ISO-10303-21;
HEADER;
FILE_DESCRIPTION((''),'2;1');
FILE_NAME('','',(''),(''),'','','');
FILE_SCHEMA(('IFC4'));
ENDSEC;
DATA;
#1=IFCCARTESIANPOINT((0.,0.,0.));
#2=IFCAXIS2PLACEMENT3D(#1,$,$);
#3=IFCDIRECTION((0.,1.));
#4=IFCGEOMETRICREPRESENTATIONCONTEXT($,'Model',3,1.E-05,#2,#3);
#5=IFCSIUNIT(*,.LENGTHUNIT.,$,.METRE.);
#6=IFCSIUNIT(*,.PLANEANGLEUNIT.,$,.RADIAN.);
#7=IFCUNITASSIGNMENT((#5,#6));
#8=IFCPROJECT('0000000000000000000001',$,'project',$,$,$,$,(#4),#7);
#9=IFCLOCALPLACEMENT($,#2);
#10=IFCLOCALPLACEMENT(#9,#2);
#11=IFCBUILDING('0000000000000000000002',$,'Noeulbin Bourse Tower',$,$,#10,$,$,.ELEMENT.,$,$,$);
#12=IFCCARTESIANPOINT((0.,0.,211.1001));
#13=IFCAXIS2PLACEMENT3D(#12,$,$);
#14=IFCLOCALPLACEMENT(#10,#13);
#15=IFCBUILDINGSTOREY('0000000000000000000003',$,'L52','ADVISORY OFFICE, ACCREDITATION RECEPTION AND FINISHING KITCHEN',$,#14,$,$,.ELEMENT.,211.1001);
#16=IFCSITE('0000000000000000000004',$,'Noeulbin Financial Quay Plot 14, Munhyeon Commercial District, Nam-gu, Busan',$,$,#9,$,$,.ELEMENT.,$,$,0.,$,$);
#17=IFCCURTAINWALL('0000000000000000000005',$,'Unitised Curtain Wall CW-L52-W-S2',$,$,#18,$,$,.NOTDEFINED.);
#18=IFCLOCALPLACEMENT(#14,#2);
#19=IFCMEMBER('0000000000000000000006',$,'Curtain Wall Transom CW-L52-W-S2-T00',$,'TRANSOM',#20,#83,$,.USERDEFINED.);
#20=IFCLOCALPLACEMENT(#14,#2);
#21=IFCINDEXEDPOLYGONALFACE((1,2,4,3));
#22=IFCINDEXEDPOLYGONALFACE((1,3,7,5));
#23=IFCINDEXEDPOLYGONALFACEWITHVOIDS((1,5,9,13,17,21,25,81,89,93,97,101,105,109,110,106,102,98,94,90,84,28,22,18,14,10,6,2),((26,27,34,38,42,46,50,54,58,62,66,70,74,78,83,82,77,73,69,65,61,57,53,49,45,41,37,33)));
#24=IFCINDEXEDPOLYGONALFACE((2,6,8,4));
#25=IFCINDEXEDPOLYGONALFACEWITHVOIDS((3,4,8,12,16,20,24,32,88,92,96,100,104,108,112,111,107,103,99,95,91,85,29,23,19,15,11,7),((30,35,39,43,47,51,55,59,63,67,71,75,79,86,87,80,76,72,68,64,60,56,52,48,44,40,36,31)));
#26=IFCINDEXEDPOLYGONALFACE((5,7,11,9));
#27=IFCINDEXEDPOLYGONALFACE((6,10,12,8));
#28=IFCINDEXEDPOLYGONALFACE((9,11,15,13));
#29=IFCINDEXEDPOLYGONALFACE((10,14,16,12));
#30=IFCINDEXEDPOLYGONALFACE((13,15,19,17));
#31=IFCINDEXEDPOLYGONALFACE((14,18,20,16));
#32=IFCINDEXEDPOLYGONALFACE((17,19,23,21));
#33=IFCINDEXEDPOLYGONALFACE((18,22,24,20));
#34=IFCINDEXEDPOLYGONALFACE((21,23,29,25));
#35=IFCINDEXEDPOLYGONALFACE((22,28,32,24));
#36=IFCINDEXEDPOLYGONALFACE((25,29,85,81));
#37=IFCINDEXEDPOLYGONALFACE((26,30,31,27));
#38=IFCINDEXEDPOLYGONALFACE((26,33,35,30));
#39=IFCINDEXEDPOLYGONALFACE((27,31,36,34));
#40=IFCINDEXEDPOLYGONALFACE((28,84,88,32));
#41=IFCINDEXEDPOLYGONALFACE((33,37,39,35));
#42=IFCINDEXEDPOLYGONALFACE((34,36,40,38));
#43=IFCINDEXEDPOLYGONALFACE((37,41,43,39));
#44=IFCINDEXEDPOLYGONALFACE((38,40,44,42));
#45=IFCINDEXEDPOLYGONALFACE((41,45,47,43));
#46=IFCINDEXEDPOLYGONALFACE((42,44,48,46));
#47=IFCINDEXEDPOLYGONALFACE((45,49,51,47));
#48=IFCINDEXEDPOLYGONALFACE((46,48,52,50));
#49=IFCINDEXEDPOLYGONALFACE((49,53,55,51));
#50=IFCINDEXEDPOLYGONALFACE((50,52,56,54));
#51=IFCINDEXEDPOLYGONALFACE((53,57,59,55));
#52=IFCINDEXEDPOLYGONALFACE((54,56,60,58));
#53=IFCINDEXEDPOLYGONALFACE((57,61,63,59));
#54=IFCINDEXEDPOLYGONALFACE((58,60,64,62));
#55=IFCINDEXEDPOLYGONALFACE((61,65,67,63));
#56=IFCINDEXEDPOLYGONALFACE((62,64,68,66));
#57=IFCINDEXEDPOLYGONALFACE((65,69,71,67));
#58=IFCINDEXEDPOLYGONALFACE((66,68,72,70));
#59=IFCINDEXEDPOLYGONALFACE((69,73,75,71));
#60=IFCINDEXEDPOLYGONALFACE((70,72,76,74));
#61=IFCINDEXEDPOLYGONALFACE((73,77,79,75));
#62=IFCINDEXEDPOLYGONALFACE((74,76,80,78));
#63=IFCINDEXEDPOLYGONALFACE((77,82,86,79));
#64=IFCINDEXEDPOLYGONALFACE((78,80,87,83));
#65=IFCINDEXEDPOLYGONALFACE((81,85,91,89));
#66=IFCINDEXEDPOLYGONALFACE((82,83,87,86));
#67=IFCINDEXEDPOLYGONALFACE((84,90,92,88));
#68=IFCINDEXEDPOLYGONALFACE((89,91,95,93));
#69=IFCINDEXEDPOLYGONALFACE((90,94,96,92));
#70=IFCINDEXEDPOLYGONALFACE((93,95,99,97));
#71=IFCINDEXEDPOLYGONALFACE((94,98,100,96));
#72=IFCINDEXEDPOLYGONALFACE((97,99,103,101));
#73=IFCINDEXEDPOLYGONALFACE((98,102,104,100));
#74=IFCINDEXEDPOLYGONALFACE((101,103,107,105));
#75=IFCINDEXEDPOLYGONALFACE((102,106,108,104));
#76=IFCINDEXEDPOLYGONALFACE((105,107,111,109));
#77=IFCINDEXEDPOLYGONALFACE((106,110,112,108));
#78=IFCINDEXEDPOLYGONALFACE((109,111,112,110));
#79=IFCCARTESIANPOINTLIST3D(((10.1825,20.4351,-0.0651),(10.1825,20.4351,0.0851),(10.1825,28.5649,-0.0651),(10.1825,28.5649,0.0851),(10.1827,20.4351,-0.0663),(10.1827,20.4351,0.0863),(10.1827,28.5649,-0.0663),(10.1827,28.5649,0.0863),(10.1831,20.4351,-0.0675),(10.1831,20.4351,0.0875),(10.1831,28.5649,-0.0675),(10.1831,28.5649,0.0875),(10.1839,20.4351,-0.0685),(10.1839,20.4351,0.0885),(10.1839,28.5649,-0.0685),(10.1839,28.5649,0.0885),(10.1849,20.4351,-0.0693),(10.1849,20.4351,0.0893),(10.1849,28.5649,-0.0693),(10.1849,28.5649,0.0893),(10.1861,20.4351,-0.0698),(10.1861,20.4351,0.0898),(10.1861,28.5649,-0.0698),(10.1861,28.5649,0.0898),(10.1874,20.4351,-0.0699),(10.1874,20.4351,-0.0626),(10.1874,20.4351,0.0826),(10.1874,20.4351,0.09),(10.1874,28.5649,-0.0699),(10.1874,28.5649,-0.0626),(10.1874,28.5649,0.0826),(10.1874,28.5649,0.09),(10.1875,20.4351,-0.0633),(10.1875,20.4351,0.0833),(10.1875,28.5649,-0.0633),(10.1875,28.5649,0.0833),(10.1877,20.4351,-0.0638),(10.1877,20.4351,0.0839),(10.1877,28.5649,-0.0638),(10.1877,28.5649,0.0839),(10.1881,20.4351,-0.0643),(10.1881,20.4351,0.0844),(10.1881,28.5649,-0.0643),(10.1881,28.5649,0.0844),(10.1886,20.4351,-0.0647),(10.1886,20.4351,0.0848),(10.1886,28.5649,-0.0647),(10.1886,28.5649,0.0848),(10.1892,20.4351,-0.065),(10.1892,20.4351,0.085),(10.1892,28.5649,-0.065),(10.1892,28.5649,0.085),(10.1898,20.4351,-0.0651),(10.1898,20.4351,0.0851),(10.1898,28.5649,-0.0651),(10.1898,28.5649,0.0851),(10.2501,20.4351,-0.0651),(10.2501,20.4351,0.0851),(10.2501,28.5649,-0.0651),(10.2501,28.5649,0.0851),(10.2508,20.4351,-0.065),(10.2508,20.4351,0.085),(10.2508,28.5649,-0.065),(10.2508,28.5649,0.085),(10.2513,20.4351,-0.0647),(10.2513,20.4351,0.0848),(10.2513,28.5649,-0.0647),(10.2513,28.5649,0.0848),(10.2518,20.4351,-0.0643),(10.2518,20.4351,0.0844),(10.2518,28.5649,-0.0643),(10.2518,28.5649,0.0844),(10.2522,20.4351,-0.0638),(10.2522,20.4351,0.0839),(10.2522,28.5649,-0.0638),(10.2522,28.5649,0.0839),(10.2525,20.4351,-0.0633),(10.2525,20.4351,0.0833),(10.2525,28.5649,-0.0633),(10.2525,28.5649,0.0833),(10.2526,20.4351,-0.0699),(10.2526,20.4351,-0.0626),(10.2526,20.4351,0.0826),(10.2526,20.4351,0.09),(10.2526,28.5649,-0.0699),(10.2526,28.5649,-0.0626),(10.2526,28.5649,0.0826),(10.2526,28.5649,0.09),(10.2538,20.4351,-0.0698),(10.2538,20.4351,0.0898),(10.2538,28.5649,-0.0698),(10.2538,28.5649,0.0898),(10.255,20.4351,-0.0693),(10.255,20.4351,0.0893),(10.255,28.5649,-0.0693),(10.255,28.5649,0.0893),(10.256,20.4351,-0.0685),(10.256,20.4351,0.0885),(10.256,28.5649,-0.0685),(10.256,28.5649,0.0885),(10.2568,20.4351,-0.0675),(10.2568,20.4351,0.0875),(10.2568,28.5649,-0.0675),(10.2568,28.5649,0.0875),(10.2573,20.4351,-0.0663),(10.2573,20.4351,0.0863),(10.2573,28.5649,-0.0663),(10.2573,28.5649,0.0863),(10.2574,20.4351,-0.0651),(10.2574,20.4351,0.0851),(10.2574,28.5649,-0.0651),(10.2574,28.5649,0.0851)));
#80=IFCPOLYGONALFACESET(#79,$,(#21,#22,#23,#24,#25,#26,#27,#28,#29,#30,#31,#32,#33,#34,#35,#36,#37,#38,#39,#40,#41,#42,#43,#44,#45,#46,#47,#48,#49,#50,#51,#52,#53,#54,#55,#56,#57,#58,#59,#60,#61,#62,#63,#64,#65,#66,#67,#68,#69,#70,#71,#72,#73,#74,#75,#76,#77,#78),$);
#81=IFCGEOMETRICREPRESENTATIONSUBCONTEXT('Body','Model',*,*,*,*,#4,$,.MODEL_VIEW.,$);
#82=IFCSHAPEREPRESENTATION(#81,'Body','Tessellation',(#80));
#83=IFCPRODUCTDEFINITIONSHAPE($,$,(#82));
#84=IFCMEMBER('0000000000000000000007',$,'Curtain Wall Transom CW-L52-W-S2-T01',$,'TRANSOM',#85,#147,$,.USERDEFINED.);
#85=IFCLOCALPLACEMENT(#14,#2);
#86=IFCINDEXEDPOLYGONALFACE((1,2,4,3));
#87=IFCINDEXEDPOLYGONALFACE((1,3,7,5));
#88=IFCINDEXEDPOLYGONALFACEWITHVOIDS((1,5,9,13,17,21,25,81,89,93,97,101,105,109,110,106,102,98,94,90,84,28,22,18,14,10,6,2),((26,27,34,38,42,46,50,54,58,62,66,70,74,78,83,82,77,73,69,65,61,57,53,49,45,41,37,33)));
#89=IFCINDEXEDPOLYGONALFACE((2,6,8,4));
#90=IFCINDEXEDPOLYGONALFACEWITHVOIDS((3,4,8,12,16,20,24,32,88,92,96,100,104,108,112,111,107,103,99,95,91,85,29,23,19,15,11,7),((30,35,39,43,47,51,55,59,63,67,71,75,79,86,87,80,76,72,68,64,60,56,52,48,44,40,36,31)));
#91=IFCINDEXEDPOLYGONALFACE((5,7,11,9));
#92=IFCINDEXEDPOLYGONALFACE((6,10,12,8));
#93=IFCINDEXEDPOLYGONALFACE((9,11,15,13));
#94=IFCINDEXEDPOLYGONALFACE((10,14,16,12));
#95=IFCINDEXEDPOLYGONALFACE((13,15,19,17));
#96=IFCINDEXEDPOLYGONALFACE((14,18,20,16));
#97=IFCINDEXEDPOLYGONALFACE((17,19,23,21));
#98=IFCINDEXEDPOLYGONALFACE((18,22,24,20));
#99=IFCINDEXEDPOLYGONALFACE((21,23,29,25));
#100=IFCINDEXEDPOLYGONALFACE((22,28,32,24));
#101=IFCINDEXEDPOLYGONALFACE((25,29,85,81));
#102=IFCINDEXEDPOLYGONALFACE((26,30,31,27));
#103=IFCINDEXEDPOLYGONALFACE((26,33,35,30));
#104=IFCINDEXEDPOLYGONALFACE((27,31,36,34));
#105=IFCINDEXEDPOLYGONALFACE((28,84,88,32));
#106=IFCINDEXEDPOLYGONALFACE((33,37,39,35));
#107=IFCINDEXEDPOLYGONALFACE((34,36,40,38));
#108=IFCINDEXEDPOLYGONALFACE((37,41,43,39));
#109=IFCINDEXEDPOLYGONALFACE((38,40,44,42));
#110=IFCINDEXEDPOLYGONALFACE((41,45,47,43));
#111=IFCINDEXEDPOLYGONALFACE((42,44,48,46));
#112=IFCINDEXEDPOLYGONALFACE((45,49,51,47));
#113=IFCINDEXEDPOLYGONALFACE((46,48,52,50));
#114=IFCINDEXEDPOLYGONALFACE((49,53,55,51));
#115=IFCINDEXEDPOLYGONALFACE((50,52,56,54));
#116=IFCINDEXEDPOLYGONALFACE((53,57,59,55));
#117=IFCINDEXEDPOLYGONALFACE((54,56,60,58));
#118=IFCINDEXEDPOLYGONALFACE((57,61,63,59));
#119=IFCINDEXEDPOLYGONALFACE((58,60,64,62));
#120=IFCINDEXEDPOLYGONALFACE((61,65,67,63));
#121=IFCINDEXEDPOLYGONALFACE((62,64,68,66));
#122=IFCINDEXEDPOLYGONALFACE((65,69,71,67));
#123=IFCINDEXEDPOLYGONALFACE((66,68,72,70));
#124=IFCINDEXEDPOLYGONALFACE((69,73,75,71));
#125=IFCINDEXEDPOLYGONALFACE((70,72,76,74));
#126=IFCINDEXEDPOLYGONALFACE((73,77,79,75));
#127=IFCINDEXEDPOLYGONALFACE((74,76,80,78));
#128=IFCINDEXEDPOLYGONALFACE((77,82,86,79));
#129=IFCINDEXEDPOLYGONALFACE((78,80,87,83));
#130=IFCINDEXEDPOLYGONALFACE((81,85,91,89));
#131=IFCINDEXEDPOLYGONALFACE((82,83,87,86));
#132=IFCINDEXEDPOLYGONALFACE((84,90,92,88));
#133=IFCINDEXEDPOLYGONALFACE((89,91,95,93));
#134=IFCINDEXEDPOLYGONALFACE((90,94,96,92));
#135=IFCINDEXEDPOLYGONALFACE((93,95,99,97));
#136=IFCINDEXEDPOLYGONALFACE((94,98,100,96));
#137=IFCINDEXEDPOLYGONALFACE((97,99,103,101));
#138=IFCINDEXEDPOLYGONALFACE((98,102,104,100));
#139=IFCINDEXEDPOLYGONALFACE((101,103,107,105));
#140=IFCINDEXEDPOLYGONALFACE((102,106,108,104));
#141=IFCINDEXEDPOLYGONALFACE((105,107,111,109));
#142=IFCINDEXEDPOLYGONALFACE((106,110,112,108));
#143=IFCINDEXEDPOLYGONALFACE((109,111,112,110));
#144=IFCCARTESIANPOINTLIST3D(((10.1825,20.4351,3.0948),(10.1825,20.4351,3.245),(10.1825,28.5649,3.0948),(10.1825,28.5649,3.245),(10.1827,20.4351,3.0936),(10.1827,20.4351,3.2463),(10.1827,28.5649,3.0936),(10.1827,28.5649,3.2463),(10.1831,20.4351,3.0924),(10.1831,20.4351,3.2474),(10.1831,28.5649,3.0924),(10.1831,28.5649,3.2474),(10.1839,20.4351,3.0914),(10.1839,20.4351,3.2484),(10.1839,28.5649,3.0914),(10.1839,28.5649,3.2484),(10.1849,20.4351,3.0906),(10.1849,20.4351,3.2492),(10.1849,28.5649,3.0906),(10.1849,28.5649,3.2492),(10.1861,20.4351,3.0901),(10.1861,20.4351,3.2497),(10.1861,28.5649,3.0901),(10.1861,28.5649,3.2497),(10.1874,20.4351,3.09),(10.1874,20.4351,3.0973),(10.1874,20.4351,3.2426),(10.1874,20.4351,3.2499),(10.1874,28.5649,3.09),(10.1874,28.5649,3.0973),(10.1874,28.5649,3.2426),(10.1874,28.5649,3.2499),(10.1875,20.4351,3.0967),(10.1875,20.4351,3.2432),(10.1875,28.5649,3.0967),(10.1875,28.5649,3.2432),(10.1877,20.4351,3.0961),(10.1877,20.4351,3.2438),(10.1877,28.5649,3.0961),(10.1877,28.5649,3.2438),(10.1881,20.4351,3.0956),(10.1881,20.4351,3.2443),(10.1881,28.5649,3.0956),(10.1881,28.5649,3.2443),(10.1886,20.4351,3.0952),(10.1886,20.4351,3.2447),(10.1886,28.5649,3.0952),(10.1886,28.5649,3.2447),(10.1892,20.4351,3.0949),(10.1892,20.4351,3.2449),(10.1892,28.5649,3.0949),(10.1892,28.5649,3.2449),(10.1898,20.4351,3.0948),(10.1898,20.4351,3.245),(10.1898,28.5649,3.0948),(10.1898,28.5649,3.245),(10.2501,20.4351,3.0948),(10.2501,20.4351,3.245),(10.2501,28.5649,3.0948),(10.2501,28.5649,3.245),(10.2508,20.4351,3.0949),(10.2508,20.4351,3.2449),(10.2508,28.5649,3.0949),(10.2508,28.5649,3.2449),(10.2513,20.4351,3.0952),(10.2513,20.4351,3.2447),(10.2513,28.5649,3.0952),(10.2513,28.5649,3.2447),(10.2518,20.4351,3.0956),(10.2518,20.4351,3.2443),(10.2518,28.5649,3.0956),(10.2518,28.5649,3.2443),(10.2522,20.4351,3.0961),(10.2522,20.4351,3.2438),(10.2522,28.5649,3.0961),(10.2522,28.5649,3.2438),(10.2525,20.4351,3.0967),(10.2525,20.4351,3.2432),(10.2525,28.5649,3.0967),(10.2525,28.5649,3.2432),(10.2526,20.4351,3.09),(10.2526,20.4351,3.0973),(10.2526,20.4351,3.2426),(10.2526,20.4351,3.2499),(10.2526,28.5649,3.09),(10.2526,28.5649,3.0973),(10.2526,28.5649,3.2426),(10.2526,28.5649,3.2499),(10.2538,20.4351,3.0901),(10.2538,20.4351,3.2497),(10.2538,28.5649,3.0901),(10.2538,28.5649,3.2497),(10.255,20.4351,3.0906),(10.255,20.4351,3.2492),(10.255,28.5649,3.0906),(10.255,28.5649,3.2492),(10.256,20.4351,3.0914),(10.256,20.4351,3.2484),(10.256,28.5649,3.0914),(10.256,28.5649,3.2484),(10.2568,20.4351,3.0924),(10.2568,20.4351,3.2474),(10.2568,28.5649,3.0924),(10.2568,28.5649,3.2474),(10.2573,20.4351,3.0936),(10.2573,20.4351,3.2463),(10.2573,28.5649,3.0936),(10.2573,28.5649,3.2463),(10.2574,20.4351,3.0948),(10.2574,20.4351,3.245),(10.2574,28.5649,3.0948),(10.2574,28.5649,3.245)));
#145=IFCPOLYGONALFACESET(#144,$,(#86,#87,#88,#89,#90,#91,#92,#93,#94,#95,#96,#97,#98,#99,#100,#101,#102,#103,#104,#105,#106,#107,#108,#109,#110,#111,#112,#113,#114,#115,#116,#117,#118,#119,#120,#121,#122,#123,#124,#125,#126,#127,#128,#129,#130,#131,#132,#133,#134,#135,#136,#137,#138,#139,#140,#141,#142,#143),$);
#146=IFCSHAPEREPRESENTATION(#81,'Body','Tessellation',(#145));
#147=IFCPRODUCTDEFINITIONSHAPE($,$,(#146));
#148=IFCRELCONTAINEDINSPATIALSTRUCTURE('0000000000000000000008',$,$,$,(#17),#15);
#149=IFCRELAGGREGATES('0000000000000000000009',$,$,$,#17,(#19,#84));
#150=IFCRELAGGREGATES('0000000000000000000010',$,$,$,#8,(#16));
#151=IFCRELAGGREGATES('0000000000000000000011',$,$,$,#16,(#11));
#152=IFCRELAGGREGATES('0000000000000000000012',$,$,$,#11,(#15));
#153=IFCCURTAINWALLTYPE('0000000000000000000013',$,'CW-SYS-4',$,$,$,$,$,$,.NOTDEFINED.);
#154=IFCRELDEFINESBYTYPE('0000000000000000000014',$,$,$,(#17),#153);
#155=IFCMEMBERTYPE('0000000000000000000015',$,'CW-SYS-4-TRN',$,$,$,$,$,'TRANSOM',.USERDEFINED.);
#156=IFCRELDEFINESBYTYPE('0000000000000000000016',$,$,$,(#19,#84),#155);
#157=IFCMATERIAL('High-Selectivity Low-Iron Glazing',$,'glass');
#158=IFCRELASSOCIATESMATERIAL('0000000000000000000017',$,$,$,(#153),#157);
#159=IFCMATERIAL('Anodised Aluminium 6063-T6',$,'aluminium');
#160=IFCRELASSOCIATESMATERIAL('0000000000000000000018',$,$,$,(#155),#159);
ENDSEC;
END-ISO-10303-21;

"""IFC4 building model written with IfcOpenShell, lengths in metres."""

from ifc_helpers import new_model, si_unit, direction, frame, origin, origin_2d, place, context, subcontext, project, spatial, hollow_rectangle, extrude, material, material_profile, profile_set, type_object, element, aggregate, save


model = new_model("IFC4")

# Units and contexts
model_context = context("Model", 3, precision=1e-05, world=origin(), true_north=direction((0.0, 1.0)))
body_context = subcontext(model_context, "Body", "Model", "MODEL_VIEW")
ifc_project = project(units=[si_unit("LENGTHUNIT", "METRE"), si_unit("PLANEANGLEUNIT", "RADIAN")], contexts=[model_context])

# Site, building, storey
site_placement = place(None, origin())
site = spatial("IfcSite", under=ifc_project, at=site_placement, Name="Noeulbin Financial Quay Plot 14, Munhyeon Commercial District, Nam-gu, Busan", CompositionType="ELEMENT", RefElevation=0.0)
building_placement = place(site_placement, origin())
building = spatial("IfcBuilding", under=site, at=building_placement, Name="Noeulbin Bourse Tower", CompositionType="ELEMENT")
storey_placement = place(building_placement, frame((0.0, 0.0, 211.1001)))
storey = spatial("IfcBuildingStorey", under=building, at=storey_placement, Name="L52", Description="ADVISORY OFFICE, ACCREDITATION RECEPTION AND FINISHING KITCHEN", CompositionType="ELEMENT", Elevation=211.1001)

# Curtain wall
ifc_material_1 = material(Name="High-Selectivity Low-Iron Glazing", Category="glass")
curtain_wall_type = type_object("IfcCurtainWallType", Name="CW-SYS-4", PredefinedType="NOTDEFINED", material=ifc_material_1)
curtain_wall_1_placement = place(storey_placement, origin())
curtain_wall_1 = element("IfcCurtainWall", 1, at=curtain_wall_1_placement, inside=storey, type_object=curtain_wall_type, Name="Unitised Curtain Wall CW-L52-W-S2", PredefinedType="NOTDEFINED")
ifc_material_2 = material(Name="Anodised Aluminium 6063-T6", Category="aluminium")

# Members
ifc_material_profile_1 = material_profile(ifc_material_2, hollow_rectangle(XDim=0.075, YDim=0.1599, WallThickness=0.0049, InnerFilletRadius=0.0024, OuterFilletRadius=0.0049, at=origin_2d()), Name="ALU-TRAN-75x160x5", Category="LoadBearing")
ifc_profile_set_1 = profile_set([ifc_material_profile_1], Name="Anodised Aluminium 6063-T6")
member_type_1 = type_object("IfcMemberType", Name="CW-SYS-4-TRN", ElementType="TRANSOM", PredefinedType="USERDEFINED", material=ifc_profile_set_1)
member_1_placement = place(storey_placement, frame((10.22, 20.4351, 0.01), z_axis=(0.0, 1.0, 0.0), x_axis=(-1.0, 0.0, 0.0)))
member_1 = element("IfcMember", 2, at=member_1_placement, type_object=member_type_1, Name="Curtain Wall Transom CW-L52-W-S2-T00", ObjectType="TRANSOM", PredefinedType="USERDEFINED", context=body_context, shape_type="SweptSolid", body=[
    extrude(hollow_rectangle(XDim=0.075, YDim=0.1599, WallThickness=0.0049, InnerFilletRadius=0.0024, OuterFilletRadius=0.0049, at=origin_2d()), origin(), (0.0, 0.0, 1.0), 8.1299),
])
member_2_placement = place(storey_placement, frame((10.22, 20.4351, 3.1699), z_axis=(0.0, 1.0, 0.0), x_axis=(-1.0, 0.0, 0.0)))
member_2 = element("IfcMember", 3, at=member_2_placement, type_object=member_type_1, Name="Curtain Wall Transom CW-L52-W-S2-T01", ObjectType="TRANSOM", PredefinedType="USERDEFINED", context=body_context, shape_type="SweptSolid", body=[
    extrude(hollow_rectangle(XDim=0.075, YDim=0.1599, WallThickness=0.0049, InnerFilletRadius=0.0024, OuterFilletRadius=0.0049, at=origin_2d()), origin(), (0.0, 0.0, 1.0), 8.1299),
])

aggregate(curtain_wall_1, [member_1, member_2])

save(model, "model.ifc")
